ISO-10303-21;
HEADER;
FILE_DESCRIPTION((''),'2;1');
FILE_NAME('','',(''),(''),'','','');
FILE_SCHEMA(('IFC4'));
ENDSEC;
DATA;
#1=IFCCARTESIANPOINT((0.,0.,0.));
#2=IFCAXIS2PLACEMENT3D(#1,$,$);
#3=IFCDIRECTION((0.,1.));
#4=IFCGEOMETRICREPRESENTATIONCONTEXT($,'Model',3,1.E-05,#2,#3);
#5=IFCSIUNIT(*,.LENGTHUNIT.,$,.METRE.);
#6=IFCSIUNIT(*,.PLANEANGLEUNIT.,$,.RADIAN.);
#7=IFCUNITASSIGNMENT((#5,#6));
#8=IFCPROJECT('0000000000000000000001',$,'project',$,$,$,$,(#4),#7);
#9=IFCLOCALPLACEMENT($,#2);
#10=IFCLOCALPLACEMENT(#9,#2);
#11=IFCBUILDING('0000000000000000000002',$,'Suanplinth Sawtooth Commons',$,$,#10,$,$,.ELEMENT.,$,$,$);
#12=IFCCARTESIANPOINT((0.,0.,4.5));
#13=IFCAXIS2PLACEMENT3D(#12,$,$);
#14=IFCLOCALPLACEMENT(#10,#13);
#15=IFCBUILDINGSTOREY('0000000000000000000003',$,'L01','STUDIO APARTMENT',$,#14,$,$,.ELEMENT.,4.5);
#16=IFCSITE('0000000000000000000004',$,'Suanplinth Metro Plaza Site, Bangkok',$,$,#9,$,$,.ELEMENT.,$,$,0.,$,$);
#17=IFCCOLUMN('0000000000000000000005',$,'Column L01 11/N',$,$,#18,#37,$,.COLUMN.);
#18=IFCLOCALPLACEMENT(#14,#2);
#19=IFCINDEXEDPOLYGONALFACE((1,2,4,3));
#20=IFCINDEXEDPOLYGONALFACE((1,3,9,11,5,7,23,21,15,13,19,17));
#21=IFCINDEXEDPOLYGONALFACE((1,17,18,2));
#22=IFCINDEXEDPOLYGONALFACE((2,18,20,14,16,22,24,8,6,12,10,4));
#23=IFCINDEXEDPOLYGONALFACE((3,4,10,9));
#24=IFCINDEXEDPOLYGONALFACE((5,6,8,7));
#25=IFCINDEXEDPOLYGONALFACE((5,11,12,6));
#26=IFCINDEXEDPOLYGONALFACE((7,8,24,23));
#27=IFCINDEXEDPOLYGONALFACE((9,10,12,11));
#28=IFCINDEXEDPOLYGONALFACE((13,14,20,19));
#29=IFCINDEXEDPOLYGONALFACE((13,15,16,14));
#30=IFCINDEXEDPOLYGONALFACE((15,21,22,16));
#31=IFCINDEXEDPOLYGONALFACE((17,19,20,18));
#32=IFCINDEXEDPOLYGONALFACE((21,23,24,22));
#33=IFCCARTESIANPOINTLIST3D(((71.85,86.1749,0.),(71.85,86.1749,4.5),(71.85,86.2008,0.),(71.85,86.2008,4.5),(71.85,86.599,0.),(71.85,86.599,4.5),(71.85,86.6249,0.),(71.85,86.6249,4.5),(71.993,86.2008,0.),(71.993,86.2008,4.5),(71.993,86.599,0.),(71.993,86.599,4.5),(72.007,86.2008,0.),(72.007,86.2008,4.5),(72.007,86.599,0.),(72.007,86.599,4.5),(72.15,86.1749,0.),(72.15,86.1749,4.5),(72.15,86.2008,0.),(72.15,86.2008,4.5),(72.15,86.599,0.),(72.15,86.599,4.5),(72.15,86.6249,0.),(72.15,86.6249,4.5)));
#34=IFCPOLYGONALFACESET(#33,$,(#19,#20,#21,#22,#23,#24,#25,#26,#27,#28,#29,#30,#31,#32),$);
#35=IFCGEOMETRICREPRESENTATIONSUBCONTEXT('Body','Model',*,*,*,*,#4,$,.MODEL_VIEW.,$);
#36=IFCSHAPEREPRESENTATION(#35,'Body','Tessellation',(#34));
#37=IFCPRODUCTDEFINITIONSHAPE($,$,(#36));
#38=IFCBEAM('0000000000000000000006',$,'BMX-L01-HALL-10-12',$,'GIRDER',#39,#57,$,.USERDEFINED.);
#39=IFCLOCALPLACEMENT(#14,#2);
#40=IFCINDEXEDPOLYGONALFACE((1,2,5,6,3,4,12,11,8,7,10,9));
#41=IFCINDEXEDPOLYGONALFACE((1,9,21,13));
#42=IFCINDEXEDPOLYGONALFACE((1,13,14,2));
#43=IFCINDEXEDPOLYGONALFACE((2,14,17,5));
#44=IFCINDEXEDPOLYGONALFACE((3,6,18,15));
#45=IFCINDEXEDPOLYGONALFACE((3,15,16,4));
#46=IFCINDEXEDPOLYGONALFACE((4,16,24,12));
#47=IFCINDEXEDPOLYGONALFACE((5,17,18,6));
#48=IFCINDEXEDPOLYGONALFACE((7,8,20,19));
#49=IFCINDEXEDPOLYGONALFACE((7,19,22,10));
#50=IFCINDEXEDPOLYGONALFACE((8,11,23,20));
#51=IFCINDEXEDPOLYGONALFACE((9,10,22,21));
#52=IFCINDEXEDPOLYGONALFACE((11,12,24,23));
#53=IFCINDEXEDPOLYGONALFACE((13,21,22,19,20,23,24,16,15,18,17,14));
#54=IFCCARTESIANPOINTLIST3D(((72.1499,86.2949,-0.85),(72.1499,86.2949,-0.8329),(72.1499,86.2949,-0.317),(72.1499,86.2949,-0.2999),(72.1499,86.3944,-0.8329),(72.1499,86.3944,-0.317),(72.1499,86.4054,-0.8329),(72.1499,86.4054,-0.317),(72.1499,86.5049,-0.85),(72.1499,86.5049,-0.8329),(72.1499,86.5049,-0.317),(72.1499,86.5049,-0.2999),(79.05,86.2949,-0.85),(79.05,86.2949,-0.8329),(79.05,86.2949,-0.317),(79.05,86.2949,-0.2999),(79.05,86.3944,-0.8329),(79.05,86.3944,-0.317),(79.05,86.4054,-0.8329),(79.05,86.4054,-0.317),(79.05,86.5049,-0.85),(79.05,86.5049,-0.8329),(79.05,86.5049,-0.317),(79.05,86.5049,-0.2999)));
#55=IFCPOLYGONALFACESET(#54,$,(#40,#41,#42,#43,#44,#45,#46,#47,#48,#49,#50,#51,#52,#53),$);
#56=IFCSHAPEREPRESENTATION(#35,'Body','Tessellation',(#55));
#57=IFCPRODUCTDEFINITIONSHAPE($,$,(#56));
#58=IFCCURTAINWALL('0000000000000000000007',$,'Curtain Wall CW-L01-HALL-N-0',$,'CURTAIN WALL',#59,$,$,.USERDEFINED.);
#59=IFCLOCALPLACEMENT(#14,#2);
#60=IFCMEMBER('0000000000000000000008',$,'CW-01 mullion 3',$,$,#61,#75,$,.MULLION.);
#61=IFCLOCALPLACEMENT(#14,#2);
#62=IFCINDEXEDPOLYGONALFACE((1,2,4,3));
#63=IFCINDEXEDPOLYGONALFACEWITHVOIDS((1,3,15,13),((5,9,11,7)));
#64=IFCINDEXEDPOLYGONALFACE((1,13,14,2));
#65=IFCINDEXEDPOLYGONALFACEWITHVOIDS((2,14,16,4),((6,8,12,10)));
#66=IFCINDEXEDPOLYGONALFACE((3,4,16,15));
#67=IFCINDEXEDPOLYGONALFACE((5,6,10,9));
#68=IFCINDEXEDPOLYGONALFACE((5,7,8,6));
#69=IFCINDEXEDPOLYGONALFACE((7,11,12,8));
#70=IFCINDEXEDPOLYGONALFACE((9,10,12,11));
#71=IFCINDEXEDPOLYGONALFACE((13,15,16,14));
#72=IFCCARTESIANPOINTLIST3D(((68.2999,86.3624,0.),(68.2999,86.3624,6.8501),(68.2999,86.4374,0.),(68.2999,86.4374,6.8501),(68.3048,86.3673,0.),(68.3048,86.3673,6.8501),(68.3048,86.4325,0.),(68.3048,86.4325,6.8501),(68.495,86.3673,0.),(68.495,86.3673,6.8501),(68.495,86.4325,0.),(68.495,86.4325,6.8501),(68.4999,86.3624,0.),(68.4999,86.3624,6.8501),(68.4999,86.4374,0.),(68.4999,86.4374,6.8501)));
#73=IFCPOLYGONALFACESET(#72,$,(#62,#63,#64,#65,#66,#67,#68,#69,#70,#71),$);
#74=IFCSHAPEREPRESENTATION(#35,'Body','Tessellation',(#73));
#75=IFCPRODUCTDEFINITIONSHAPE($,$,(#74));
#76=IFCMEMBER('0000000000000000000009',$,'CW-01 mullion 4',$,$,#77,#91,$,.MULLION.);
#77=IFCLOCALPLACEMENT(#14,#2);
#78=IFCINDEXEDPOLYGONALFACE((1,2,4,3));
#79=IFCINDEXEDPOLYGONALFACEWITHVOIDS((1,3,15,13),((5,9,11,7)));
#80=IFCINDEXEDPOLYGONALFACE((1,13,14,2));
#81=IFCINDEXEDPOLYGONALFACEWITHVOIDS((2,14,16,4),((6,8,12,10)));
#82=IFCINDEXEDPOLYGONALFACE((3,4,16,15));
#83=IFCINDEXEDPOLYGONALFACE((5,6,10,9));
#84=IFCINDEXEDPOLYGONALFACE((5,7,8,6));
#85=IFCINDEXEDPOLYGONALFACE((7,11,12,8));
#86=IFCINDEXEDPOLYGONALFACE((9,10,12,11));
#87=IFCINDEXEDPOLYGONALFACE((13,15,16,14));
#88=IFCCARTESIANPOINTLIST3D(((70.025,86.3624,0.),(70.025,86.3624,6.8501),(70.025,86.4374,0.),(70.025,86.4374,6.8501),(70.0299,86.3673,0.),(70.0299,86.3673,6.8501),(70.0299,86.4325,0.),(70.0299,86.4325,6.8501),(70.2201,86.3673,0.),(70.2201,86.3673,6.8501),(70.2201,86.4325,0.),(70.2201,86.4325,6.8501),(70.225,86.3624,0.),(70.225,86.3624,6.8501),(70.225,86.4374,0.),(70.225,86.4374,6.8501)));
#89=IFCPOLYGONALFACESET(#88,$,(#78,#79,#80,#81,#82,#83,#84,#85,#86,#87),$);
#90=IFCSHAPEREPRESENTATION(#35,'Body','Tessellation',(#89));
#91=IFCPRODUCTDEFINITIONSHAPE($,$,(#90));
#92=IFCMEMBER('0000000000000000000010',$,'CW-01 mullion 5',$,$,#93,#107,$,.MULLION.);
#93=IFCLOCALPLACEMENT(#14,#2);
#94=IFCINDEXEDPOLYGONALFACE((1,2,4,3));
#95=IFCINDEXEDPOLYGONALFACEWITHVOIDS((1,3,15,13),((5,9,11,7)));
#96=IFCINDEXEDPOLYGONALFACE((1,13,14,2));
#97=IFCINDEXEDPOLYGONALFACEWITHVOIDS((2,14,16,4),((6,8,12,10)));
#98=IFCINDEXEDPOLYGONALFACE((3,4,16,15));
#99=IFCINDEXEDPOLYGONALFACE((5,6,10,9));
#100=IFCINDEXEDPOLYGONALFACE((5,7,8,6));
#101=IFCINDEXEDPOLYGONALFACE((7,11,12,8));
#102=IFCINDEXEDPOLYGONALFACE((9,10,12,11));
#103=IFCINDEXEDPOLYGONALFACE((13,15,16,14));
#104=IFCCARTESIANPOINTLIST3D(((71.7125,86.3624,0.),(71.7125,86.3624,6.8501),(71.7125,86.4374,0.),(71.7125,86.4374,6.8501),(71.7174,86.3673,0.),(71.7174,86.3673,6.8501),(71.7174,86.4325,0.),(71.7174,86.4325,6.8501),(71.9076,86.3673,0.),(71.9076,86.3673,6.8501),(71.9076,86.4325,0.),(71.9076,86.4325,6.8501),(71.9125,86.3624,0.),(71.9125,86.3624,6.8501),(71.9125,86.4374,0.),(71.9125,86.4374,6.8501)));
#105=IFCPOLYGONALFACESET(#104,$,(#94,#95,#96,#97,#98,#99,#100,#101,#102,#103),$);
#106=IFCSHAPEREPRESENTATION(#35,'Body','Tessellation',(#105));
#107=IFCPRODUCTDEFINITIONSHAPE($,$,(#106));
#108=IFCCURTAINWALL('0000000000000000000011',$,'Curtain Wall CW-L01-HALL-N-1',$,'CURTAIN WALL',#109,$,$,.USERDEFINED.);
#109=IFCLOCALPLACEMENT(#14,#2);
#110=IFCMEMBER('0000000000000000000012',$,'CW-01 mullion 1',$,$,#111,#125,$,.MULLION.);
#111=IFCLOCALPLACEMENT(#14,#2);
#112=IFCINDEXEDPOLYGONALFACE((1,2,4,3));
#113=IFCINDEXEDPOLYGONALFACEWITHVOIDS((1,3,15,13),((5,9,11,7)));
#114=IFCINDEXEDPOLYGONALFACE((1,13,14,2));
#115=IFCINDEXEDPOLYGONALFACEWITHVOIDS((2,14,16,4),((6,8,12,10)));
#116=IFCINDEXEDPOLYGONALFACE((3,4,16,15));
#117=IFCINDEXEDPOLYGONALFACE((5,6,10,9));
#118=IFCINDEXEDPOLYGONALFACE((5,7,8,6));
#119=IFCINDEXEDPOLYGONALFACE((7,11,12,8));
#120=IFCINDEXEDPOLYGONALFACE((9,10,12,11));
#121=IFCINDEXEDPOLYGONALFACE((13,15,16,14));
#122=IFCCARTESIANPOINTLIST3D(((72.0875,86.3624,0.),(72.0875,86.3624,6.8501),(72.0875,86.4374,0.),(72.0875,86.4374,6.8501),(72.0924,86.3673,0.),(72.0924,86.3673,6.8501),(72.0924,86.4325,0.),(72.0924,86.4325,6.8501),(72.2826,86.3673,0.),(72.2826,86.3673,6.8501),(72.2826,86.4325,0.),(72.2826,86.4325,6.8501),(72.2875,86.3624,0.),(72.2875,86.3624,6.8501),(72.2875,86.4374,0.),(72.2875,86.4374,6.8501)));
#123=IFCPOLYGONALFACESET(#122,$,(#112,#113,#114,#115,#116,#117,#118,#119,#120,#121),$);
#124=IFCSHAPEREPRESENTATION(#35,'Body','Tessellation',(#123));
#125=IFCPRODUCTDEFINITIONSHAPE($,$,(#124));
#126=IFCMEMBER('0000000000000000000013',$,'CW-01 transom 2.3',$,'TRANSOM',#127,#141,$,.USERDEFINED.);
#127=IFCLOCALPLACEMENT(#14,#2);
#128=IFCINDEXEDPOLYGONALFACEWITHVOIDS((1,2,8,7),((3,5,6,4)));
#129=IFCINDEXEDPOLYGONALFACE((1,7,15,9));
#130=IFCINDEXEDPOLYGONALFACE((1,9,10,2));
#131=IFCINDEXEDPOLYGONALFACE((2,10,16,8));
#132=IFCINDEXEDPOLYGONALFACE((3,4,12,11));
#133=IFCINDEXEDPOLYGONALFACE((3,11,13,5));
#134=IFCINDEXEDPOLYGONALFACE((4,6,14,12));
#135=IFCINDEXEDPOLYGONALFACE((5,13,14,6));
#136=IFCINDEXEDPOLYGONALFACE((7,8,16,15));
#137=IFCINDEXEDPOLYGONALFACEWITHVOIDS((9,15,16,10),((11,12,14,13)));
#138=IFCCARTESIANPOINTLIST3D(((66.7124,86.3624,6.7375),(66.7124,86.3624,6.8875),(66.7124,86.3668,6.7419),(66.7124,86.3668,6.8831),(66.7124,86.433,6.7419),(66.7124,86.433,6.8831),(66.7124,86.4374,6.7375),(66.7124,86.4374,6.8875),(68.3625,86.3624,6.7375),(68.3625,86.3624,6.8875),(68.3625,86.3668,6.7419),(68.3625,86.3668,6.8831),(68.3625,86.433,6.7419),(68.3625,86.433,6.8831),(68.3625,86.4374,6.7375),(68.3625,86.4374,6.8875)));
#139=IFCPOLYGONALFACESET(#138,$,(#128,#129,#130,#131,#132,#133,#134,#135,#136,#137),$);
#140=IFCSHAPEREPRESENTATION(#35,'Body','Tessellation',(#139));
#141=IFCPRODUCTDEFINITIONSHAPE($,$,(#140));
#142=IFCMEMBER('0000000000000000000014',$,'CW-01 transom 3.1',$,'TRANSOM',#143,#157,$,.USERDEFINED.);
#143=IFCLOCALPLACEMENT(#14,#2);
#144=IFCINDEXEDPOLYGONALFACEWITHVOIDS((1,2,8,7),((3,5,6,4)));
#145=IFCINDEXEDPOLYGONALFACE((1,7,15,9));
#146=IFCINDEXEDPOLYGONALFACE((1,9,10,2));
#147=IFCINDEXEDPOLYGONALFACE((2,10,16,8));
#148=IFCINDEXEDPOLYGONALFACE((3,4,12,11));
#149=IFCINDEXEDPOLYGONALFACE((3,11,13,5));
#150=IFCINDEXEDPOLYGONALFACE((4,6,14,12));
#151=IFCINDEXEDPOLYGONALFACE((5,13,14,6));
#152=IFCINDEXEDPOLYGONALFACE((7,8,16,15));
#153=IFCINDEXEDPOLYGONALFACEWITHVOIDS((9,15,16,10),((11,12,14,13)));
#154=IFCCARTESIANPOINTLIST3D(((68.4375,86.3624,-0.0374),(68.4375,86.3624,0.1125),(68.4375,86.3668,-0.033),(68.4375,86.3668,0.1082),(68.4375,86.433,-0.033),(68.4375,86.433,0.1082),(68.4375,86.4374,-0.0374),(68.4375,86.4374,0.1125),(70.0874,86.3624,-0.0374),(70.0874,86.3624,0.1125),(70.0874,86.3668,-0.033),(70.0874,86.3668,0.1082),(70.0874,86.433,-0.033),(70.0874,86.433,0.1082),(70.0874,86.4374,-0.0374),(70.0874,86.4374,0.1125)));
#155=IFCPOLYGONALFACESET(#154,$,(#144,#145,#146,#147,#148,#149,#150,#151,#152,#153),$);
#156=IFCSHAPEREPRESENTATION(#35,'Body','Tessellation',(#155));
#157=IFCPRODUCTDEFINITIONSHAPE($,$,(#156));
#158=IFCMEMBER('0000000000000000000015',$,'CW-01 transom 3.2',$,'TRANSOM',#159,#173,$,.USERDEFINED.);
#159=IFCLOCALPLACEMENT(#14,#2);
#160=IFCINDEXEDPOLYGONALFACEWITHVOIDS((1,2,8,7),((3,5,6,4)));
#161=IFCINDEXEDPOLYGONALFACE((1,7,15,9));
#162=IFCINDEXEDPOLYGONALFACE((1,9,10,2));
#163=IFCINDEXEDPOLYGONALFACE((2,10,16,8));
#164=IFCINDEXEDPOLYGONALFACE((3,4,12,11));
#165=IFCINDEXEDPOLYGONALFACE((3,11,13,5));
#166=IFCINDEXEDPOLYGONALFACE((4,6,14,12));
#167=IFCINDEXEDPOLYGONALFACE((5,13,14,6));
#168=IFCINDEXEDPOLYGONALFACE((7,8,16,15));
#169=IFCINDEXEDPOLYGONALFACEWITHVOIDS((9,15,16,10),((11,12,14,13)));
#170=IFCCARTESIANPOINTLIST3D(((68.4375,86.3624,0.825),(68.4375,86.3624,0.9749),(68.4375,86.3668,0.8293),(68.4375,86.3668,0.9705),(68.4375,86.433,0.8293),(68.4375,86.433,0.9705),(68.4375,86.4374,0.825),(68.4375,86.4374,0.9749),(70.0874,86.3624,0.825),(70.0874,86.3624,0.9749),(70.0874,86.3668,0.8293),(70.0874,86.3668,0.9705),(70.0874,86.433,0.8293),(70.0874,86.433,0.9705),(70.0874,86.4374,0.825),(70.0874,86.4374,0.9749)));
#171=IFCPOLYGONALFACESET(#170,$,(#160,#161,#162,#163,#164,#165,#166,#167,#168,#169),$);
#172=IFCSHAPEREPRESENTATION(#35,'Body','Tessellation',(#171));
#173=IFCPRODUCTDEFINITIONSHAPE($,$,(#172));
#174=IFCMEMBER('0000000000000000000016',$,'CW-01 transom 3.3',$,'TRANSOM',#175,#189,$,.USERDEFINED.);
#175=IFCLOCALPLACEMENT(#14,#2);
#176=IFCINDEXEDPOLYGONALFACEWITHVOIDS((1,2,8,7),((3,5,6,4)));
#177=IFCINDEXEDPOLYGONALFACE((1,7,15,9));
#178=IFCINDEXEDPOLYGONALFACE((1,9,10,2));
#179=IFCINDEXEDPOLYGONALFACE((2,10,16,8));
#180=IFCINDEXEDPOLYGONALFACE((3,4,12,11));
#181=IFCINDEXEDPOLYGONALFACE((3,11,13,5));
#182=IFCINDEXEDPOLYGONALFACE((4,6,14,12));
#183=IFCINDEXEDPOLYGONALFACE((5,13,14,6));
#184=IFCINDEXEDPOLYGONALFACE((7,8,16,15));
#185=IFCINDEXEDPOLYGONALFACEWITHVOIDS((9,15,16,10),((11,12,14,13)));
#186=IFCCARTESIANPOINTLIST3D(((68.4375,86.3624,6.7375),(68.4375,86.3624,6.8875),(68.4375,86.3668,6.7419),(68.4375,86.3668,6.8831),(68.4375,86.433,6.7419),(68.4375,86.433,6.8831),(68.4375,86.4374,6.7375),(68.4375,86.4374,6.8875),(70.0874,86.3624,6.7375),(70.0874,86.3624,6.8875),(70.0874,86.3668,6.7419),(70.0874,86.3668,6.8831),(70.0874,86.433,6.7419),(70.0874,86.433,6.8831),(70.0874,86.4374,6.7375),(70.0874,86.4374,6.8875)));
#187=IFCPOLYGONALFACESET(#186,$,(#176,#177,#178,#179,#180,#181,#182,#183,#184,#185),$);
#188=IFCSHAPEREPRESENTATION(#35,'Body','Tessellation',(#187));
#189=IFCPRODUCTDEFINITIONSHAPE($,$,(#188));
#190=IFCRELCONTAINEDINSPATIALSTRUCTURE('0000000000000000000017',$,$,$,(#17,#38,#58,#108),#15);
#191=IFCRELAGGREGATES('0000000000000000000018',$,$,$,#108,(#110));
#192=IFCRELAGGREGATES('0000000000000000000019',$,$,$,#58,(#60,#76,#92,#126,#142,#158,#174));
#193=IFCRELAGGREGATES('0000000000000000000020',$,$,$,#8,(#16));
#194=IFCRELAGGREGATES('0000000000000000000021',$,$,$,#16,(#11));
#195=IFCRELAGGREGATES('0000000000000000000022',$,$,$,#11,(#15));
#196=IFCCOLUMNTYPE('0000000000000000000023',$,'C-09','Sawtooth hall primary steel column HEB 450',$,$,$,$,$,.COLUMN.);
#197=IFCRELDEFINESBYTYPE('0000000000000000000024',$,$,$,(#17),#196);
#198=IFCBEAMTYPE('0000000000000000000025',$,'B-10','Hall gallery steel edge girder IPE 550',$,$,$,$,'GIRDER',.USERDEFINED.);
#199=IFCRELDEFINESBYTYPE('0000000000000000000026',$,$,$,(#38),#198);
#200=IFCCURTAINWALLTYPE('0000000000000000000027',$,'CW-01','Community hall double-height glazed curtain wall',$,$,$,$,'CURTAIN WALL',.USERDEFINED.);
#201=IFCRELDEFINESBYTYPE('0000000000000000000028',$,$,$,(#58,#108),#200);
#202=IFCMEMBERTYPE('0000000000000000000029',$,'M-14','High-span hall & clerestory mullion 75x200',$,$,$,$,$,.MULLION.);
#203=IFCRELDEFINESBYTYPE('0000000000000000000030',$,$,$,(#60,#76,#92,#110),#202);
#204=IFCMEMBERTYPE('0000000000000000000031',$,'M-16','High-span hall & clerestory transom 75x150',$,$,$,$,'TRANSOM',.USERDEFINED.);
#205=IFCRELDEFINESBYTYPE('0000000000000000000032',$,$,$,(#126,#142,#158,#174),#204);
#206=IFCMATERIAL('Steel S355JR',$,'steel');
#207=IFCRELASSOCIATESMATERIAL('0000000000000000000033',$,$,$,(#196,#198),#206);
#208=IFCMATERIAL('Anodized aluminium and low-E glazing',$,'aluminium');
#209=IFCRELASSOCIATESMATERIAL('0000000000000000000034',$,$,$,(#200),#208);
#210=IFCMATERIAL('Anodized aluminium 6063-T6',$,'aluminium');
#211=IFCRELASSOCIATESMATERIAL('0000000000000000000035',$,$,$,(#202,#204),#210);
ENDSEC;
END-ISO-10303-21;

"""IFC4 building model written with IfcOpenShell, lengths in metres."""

from ifc_helpers import new_model, si_unit, direction, frame, origin, origin_2d, place, context, subcontext, project, spatial, hollow_rectangle, i_section, extrude, material, material_profile, profile_set, type_object, element, aggregate, save


model = new_model("IFC4")

# Units and contexts
model_context = context("Model", 3, precision=1e-05, world=origin(), true_north=direction((0.0, 1.0)))
body_context = subcontext(model_context, "Body", "Model", "MODEL_VIEW")
ifc_project = project(units=[si_unit("LENGTHUNIT", "METRE"), si_unit("PLANEANGLEUNIT", "RADIAN")], contexts=[model_context])

# Site, building, storey
site_placement = place(None, origin())
site = spatial("IfcSite", under=ifc_project, at=site_placement, Name="Suanplinth Metro Plaza Site, Bangkok", CompositionType="ELEMENT", RefElevation=0.0)
building_placement = place(site_placement, origin())
building = spatial("IfcBuilding", under=site, at=building_placement, Name="Suanplinth Sawtooth Commons", CompositionType="ELEMENT")
storey_placement = place(building_placement, frame((0.0, 0.0, 4.5)))
storey = spatial("IfcBuildingStorey", under=building, at=storey_placement, Name="L01", Description="STUDIO APARTMENT", CompositionType="ELEMENT", Elevation=4.5)

# Column
ifc_material_1 = material(Name="Steel S355JR", Category="steel")
ifc_material_profile_1 = material_profile(ifc_material_1, i_section(OverallWidth=0.3, OverallDepth=0.45, WebThickness=0.0139, FlangeThickness=0.0259, at=origin_2d()), Name="HEB 450")
ifc_profile_set_1 = profile_set([ifc_material_profile_1], Name="Steel S355JR")
column_type = type_object("IfcColumnType", Name="C-09", Description="Sawtooth hall primary steel column HEB 450", PredefinedType="COLUMN", material=ifc_profile_set_1)
column_placement = place(storey_placement, frame((72.0, 86.3999, 0.0), z_axis=(0.0, 0.0, 1.0), x_axis=(1.0, 0.0, 0.0)))
element("IfcColumn", 1, at=column_placement, inside=storey, type_object=column_type, Name="Column L01 11/N", PredefinedType="COLUMN", context=body_context, shape_type="SweptSolid", body=[
    extrude(i_section(OverallWidth=0.3, OverallDepth=0.45, WebThickness=0.0139, FlangeThickness=0.0259, at=origin_2d()), origin(), (0.0, 0.0, 1.0), 4.5),
])

# Beam
ifc_material_profile_2 = material_profile(ifc_material_1, i_section(OverallWidth=0.21, OverallDepth=0.55, WebThickness=0.011, FlangeThickness=0.0171, at=origin_2d()), Name="IPE 550")
ifc_profile_set_2 = profile_set([ifc_material_profile_2], Name="Steel S355JR")
beam_type = type_object("IfcBeamType", Name="B-10", Description="Hall gallery steel edge girder IPE 550", ElementType="GIRDER", PredefinedType="USERDEFINED", material=ifc_profile_set_2)
beam_placement = place(storey_placement, frame((72.1499, 86.3999, -0.575), z_axis=(1.0, 0.0, 0.0), x_axis=(0.0, 1.0, 0.0)))
element("IfcBeam", 2, at=beam_placement, inside=storey, type_object=beam_type, Name="BMX-L01-HALL-10-12", ObjectType="GIRDER", PredefinedType="USERDEFINED", context=body_context, shape_type="SweptSolid", body=[
    extrude(i_section(OverallWidth=0.21, OverallDepth=0.55, WebThickness=0.011, FlangeThickness=0.0171, at=origin_2d()), origin(), (0.0, 0.0, 1.0), 6.9001),
])

# Curtain wall, members
ifc_material_2 = material(Name="Anodized aluminium and low-E glazing", Category="aluminium")
curtain_wall_type = type_object("IfcCurtainWallType", Name="CW-01", Description="Community hall double-height glazed curtain wall", ElementType="CURTAIN WALL", PredefinedType="USERDEFINED", material=ifc_material_2)
curtain_wall_1_placement = place(storey_placement, origin())
curtain_wall_1 = element("IfcCurtainWall", 3, at=curtain_wall_1_placement, inside=storey, type_object=curtain_wall_type, Name="Curtain Wall CW-L01-HALL-N-0", ObjectType="CURTAIN WALL", PredefinedType="USERDEFINED")
ifc_material_3 = material(Name="Anodized aluminium 6063-T6", Category="aluminium")
ifc_material_profile_3 = material_profile(ifc_material_3, hollow_rectangle(XDim=0.075, YDim=0.2, WallThickness=0.0049, at=origin_2d()), Name="ALU-MUL 75x200")
ifc_profile_set_3 = profile_set([ifc_material_profile_3], Name="Anodized aluminium 6063-T6")
member_type_1 = type_object("IfcMemberType", Name="M-14", Description="High-span hall & clerestory mullion 75x200", PredefinedType="MULLION", material=ifc_profile_set_3)
member_1_placement = place(storey_placement, frame((68.3999, 86.3999, 0.0), z_axis=(0.0, 0.0, 1.0), x_axis=(0.0, 1.0, 0.0)))
member_1 = element("IfcMember", 4, at=member_1_placement, type_object=member_type_1, Name="CW-01 mullion 3", PredefinedType="MULLION", context=body_context, shape_type="SweptSolid", body=[
    extrude(hollow_rectangle(XDim=0.075, YDim=0.2, WallThickness=0.0049, at=origin_2d()), origin(), (0.0, 0.0, 1.0), 6.8501),
])
member_2_placement = place(storey_placement, frame((70.125, 86.3999, 0.0), z_axis=(0.0, 0.0, 1.0), x_axis=(0.0, 1.0, 0.0)))
member_2 = element("IfcMember", 5, at=member_2_placement, type_object=member_type_1, Name="CW-01 mullion 4", PredefinedType="MULLION", context=body_context, shape_type="SweptSolid", body=[
    extrude(hollow_rectangle(XDim=0.075, YDim=0.2, WallThickness=0.0049, at=origin_2d()), origin(), (0.0, 0.0, 1.0), 6.8501),
])
member_3_placement = place(storey_placement, frame((71.8125, 86.3999, 0.0), z_axis=(0.0, 0.0, 1.0), x_axis=(0.0, 1.0, 0.0)))
member_3 = element("IfcMember", 6, at=member_3_placement, type_object=member_type_1, Name="CW-01 mullion 5", PredefinedType="MULLION", context=body_context, shape_type="SweptSolid", body=[
    extrude(hollow_rectangle(XDim=0.075, YDim=0.2, WallThickness=0.0049, at=origin_2d()), origin(), (0.0, 0.0, 1.0), 6.8501),
])

# Curtain wall, member
curtain_wall_2_placement = place(storey_placement, origin())
curtain_wall_2 = element("IfcCurtainWall", 7, at=curtain_wall_2_placement, inside=storey, type_object=curtain_wall_type, Name="Curtain Wall CW-L01-HALL-N-1", ObjectType="CURTAIN WALL", PredefinedType="USERDEFINED")
member_4_placement = place(storey_placement, frame((72.1875, 86.3999, 0.0), z_axis=(0.0, 0.0, 1.0), x_axis=(0.0, 1.0, 0.0)))
member_4 = element("IfcMember", 8, at=member_4_placement, type_object=member_type_1, Name="CW-01 mullion 1", PredefinedType="MULLION", context=body_context, shape_type="SweptSolid", body=[
    extrude(hollow_rectangle(XDim=0.075, YDim=0.2, WallThickness=0.0049, at=origin_2d()), origin(), (0.0, 0.0, 1.0), 6.8501),
])
aggregate(curtain_wall_2, [member_4])

# Members
ifc_material_profile_4 = material_profile(ifc_material_3, hollow_rectangle(XDim=0.075, YDim=0.1499, WallThickness=0.0044, at=origin_2d()), Name="ALU-TRN 75x150")
ifc_profile_set_4 = profile_set([ifc_material_profile_4], Name="Anodized aluminium 6063-T6")
member_type_2 = type_object("IfcMemberType", Name="M-16", Description="High-span hall & clerestory transom 75x150", ElementType="TRANSOM", PredefinedType="USERDEFINED", material=ifc_profile_set_4)
member_5_placement = place(storey_placement, frame((66.7124, 86.3999, 6.8125), z_axis=(1.0, 0.0, 0.0), x_axis=(0.0, 1.0, 0.0)))
member_5 = element("IfcMember", 9, at=member_5_placement, type_object=member_type_2, Name="CW-01 transom 2.3", ObjectType="TRANSOM", PredefinedType="USERDEFINED", context=body_context, shape_type="SweptSolid", body=[
    extrude(hollow_rectangle(XDim=0.075, YDim=0.1499, WallThickness=0.0044, at=origin_2d()), origin(), (0.0, 0.0, 1.0), 1.6501),
])
member_6_placement = place(storey_placement, frame((68.4375, 86.3999, 0.0376), z_axis=(1.0, 0.0, 0.0), x_axis=(0.0, 1.0, 0.0)))
member_6 = element("IfcMember", 10, at=member_6_placement, type_object=member_type_2, Name="CW-01 transom 3.1", ObjectType="TRANSOM", PredefinedType="USERDEFINED", context=body_context, shape_type="SweptSolid", body=[
    extrude(hollow_rectangle(XDim=0.075, YDim=0.1499, WallThickness=0.0044, at=origin_2d()), origin(), (0.0, 0.0, 1.0), 1.6499),
])
member_7_placement = place(storey_placement, frame((68.4375, 86.3999, 0.8999), z_axis=(1.0, 0.0, 0.0), x_axis=(0.0, 1.0, 0.0)))
member_7 = element("IfcMember", 11, at=member_7_placement, type_object=member_type_2, Name="CW-01 transom 3.2", ObjectType="TRANSOM", PredefinedType="USERDEFINED", context=body_context, shape_type="SweptSolid", body=[
    extrude(hollow_rectangle(XDim=0.075, YDim=0.1499, WallThickness=0.0044, at=origin_2d()), origin(), (0.0, 0.0, 1.0), 1.6499),
])
member_8_placement = place(storey_placement, frame((68.4375, 86.3999, 6.8125), z_axis=(1.0, 0.0, 0.0), x_axis=(0.0, 1.0, 0.0)))
member_8 = element("IfcMember", 12, at=member_8_placement, type_object=member_type_2, Name="CW-01 transom 3.3", ObjectType="TRANSOM", PredefinedType="USERDEFINED", context=body_context, shape_type="SweptSolid", body=[
    extrude(hollow_rectangle(XDim=0.075, YDim=0.1499, WallThickness=0.0044, at=origin_2d()), origin(), (0.0, 0.0, 1.0), 1.6499),
])

aggregate(curtain_wall_1, [member_1, member_2, member_3, member_5, member_6, member_7, member_8])

save(model, "model.ifc")
